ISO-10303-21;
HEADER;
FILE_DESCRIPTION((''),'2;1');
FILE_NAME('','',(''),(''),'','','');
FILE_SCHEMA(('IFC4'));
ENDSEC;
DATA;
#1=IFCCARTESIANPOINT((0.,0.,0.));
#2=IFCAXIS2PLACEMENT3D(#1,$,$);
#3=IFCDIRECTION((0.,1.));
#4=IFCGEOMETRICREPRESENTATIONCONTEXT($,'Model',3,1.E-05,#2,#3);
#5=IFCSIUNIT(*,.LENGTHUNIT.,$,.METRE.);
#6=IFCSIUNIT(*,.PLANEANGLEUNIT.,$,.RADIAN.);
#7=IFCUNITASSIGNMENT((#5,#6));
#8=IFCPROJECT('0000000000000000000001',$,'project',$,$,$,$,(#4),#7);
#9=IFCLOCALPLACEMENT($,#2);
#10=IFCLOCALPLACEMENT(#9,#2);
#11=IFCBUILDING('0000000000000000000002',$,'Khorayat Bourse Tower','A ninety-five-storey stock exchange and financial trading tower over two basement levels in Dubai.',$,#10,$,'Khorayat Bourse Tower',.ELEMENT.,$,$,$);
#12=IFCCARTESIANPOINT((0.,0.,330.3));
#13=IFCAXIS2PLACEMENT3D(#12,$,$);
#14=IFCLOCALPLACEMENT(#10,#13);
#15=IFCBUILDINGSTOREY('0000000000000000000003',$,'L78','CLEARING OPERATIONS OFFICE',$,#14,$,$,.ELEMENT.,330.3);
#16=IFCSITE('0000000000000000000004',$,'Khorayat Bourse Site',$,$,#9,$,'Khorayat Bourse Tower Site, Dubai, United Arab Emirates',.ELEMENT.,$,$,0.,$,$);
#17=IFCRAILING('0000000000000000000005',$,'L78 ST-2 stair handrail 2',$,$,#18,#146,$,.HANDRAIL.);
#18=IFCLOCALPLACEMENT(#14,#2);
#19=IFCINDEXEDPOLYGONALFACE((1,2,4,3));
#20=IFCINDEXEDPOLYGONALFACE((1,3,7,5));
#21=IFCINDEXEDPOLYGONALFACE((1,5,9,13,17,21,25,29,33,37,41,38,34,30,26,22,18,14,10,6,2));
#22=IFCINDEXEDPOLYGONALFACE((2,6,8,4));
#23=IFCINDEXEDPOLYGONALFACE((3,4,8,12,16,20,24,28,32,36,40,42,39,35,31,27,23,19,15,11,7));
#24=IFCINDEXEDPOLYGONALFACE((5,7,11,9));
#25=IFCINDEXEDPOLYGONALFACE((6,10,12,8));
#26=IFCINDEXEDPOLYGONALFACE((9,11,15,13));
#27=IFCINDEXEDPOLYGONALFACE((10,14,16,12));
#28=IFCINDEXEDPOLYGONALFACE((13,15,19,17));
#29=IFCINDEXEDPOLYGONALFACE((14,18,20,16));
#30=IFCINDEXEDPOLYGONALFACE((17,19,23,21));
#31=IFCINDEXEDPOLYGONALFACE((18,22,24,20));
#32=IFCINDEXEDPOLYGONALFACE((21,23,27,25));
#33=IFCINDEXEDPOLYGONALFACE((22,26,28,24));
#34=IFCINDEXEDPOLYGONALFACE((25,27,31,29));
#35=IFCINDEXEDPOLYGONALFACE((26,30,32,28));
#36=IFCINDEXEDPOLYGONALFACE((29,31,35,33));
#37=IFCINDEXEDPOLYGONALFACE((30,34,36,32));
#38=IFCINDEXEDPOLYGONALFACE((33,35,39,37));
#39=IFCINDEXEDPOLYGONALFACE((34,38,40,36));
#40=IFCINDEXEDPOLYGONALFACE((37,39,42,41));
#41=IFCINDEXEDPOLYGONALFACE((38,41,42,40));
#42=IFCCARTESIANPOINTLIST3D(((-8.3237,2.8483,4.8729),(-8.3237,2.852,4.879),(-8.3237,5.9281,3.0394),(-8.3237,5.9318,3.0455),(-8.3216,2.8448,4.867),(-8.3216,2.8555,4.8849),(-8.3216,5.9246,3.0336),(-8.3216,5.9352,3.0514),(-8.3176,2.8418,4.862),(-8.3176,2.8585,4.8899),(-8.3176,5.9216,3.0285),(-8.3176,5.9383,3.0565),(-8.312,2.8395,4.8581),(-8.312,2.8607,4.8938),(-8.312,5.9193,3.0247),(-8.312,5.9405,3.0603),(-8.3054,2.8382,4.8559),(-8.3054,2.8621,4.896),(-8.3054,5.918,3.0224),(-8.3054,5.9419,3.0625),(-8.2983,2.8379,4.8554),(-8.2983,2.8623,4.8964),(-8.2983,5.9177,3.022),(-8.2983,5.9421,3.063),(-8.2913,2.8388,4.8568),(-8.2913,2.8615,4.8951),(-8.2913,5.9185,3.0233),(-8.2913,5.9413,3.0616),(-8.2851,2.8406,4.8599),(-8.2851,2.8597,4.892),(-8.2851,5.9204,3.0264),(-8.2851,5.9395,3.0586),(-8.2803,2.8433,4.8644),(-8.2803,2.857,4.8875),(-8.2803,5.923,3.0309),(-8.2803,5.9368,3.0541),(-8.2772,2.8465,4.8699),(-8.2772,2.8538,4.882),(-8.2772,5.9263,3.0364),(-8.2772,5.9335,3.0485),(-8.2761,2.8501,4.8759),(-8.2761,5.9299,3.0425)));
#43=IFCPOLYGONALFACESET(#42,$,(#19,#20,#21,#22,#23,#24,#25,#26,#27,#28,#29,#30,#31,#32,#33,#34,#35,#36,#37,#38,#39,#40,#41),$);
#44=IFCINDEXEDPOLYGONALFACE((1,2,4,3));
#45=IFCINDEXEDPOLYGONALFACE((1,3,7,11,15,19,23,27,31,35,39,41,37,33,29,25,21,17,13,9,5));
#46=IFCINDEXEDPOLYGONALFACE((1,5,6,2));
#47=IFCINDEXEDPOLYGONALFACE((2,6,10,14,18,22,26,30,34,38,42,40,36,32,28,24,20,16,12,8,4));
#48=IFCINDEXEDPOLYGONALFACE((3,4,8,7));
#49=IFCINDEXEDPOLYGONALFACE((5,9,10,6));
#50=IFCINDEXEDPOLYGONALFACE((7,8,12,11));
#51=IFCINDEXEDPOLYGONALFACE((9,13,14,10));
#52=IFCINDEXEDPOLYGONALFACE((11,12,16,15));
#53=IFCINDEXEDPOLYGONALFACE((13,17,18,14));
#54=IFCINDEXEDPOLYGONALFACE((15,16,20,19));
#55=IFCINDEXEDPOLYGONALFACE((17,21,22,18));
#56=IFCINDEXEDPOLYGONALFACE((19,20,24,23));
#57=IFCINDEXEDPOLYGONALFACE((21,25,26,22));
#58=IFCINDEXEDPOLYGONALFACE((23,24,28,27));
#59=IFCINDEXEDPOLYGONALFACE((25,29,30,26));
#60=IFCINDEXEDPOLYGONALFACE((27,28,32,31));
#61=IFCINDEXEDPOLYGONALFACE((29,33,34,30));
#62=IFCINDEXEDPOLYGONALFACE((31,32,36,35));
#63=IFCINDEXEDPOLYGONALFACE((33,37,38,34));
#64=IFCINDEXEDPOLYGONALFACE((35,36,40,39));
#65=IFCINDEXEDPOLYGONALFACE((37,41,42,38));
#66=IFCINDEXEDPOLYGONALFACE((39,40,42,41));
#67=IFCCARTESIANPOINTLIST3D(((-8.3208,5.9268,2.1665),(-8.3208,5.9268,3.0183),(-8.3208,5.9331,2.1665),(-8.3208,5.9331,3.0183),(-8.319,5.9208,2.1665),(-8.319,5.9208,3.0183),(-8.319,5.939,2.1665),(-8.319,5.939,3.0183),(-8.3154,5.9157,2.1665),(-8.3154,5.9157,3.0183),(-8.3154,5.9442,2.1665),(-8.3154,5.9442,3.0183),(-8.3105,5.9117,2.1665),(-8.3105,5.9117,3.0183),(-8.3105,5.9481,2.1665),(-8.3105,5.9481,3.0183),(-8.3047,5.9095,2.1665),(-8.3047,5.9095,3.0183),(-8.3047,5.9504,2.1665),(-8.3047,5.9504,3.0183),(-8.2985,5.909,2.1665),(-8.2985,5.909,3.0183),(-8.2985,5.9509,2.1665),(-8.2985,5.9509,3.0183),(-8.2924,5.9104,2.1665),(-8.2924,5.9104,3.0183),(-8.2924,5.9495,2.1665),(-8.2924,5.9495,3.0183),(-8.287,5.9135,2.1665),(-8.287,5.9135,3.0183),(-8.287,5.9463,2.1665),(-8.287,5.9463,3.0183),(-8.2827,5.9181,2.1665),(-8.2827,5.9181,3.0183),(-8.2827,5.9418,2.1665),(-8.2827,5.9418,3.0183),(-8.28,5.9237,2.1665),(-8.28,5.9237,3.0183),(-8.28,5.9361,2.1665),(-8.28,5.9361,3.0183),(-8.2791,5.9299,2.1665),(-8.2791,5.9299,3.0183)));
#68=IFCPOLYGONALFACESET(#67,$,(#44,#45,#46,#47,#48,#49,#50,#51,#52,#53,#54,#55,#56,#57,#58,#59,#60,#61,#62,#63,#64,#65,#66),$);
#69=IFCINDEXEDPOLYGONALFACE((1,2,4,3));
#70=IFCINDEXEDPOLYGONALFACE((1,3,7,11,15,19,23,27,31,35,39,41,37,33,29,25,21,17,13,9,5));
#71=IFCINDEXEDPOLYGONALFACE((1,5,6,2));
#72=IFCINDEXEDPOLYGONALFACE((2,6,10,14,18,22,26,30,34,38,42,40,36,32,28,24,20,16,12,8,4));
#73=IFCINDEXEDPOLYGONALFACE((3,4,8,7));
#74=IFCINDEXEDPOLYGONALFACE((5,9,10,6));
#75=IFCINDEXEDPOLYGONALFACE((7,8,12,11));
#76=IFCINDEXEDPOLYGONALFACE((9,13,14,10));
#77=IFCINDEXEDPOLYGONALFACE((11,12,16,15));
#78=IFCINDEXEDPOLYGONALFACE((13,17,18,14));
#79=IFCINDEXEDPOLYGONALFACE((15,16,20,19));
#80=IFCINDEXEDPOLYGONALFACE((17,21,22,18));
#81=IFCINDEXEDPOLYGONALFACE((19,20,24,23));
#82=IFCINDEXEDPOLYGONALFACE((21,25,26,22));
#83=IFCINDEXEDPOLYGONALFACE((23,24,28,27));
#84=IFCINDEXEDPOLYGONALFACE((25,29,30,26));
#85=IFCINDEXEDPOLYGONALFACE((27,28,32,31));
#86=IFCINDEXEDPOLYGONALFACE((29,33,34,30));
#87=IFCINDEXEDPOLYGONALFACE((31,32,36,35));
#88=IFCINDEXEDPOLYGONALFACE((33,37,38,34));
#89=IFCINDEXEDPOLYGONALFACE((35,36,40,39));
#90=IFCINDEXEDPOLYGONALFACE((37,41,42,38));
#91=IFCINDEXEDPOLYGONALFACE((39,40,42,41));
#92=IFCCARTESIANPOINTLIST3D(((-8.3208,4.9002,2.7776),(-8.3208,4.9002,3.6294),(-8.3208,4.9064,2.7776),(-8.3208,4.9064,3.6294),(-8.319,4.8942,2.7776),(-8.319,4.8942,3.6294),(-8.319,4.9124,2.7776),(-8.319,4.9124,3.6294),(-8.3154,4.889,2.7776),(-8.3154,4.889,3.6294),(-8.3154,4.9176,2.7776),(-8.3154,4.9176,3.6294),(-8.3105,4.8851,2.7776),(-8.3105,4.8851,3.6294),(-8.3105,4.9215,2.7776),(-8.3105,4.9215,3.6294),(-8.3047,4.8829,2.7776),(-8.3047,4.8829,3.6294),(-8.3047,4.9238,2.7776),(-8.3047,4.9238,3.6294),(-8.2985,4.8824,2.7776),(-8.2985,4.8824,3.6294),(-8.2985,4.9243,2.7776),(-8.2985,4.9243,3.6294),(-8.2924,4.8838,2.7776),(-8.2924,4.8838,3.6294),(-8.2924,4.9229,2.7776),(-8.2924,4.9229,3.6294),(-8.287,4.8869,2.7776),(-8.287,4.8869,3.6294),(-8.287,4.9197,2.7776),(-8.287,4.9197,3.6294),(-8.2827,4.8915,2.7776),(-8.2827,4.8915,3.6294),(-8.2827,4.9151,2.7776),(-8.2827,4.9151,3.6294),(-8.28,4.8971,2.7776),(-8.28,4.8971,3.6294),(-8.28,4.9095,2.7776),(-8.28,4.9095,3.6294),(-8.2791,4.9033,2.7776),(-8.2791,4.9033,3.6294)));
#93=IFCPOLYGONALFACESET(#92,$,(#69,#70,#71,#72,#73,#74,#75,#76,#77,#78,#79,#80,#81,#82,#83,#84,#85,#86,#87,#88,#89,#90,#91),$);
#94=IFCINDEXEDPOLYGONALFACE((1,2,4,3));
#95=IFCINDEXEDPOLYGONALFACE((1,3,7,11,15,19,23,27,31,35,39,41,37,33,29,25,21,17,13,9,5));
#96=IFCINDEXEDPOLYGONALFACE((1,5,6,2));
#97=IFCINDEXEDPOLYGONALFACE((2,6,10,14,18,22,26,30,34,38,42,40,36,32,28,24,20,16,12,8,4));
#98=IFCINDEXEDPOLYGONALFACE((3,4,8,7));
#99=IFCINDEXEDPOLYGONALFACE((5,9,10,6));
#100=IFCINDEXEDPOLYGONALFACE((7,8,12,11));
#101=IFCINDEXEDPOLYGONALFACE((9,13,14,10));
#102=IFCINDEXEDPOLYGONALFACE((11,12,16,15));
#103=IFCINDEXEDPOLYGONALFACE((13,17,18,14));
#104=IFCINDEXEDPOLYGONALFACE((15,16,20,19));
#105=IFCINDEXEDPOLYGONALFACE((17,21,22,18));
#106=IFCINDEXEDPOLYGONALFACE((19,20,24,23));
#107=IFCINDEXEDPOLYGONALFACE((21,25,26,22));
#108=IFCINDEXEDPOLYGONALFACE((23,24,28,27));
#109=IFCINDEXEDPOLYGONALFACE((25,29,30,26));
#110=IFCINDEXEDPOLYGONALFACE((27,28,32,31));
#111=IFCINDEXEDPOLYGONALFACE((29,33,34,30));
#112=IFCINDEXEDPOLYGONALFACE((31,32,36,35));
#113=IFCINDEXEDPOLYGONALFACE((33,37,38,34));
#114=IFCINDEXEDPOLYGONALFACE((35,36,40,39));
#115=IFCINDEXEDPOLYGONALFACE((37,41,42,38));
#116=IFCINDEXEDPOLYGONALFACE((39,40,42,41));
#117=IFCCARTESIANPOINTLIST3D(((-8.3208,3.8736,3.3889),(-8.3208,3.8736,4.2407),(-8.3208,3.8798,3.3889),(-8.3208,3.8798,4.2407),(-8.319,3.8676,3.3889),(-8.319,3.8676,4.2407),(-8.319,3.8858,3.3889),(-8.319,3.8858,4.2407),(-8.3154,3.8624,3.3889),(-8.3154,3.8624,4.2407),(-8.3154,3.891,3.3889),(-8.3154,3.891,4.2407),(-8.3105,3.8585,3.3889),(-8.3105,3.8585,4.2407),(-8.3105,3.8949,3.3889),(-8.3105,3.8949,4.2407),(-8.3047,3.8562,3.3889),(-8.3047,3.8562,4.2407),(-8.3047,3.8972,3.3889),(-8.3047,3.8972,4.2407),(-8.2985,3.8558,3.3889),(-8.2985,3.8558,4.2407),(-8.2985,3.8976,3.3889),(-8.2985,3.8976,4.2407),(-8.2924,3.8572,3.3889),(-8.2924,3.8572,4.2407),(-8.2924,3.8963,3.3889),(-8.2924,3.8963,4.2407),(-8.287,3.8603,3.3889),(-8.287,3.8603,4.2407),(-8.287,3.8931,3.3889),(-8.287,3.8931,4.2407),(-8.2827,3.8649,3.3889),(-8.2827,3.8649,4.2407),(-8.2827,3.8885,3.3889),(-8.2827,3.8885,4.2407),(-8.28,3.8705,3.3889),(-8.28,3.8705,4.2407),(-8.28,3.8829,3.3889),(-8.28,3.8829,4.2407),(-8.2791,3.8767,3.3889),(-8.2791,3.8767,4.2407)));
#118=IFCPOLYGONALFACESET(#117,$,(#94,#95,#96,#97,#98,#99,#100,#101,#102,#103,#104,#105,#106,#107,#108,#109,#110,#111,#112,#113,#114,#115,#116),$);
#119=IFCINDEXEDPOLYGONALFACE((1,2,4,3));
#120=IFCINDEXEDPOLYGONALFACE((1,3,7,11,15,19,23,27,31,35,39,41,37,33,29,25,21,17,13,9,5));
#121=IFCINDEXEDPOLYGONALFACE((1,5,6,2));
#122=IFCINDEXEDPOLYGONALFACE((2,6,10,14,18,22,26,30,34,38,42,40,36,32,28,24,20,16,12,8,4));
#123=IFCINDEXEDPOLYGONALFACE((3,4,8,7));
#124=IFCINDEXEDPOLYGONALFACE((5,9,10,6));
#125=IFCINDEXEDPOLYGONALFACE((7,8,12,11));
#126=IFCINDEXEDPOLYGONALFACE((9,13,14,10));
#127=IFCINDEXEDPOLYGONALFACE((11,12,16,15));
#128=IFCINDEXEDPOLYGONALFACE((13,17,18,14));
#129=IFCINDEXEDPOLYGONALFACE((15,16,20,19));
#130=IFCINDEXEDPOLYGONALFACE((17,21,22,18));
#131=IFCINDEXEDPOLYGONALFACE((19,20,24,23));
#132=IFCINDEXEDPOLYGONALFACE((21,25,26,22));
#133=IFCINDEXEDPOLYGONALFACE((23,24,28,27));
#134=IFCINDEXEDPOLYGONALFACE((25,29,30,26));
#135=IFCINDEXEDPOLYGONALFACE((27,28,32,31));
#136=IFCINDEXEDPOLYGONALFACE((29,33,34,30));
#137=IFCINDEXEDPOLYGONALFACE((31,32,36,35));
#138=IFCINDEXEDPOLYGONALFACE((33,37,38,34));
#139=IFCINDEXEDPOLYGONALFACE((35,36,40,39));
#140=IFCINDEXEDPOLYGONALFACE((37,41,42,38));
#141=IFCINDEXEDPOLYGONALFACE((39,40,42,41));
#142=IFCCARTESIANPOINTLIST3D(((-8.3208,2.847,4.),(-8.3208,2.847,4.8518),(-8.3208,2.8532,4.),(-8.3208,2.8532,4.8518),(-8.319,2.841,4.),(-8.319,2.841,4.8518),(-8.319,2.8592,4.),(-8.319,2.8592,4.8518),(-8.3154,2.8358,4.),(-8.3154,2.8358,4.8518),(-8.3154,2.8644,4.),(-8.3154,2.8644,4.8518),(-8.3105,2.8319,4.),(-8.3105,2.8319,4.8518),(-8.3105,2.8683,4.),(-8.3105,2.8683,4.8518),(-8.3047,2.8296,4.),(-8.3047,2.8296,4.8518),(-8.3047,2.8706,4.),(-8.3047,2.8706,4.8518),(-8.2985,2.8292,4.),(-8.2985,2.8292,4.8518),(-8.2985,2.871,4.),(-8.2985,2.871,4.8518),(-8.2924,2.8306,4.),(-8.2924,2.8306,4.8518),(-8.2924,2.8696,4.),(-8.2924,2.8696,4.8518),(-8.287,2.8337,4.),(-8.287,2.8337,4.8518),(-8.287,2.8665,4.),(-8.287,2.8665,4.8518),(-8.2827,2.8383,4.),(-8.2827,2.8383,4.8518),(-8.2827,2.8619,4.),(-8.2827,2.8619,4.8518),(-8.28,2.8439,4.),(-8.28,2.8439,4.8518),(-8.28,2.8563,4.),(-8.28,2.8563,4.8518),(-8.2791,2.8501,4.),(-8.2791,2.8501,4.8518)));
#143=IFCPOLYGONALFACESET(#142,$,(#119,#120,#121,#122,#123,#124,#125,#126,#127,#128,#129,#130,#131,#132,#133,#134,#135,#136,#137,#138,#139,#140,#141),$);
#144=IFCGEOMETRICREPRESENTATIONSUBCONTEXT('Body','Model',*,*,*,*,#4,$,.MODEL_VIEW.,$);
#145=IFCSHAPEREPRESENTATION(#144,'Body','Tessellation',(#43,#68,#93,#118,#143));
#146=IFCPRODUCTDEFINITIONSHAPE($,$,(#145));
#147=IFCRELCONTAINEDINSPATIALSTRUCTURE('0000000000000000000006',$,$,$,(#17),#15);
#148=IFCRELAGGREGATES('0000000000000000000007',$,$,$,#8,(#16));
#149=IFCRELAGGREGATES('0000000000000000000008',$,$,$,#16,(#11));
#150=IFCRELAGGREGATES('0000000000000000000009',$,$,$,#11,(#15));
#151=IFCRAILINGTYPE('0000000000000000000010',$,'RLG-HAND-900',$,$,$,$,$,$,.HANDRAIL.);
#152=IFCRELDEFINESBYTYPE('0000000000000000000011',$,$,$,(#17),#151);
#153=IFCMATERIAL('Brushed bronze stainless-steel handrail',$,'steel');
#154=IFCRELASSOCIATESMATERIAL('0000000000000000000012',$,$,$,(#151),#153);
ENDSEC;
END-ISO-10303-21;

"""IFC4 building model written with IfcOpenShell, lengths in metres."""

from ifc_helpers import new_model, si_unit, direction, frame, origin, origin_2d, place, context, subcontext, project, spatial, circle, extrude, source, transform, mapped, material, type_object, element, save


model = new_model("IFC4")

# Units and contexts
model_context = context("Model", 3, precision=1e-05, world=origin(), true_north=direction((0.0, 1.0)))
body_context = subcontext(model_context, "Body", "Model", "MODEL_VIEW")
ifc_project = project(units=[si_unit("LENGTHUNIT", "METRE"), si_unit("PLANEANGLEUNIT", "RADIAN")], contexts=[model_context])

# Site, building, storey
site_placement = place(None, origin())
site = spatial("IfcSite", under=ifc_project, at=site_placement, Name="Khorayat Bourse Site", LongName="Khorayat Bourse Tower Site, Dubai, United Arab Emirates", CompositionType="ELEMENT", RefElevation=0.0)
building_placement = place(site_placement, origin())
building = spatial("IfcBuilding", under=site, at=building_placement, Name="Khorayat Bourse Tower", Description="A ninety-five-storey stock exchange and financial trading tower over two basement levels in Dubai.", LongName="Khorayat Bourse Tower", CompositionType="ELEMENT")
storey_placement = place(building_placement, frame((0.0, 0.0, 330.3)))
storey = spatial("IfcBuildingStorey", under=building, at=storey_placement, Name="L78", Description="CLEARING OPERATIONS OFFICE", CompositionType="ELEMENT", Elevation=330.3)

# Railing
ifc_material_1 = material(Name="Brushed bronze stainless-steel handrail", Category="steel")
railing_type_1 = type_object("IfcRailingType", Name="RLG-HAND-900", PredefinedType="HANDRAIL", material=ifc_material_1)
shared_shape_1 = source(origin(), body_context, "Body", "SweptSolid", [
    extrude(circle(Radius=0.0239, at=origin_2d()), frame((0.0, 0.0, 0.876), z_axis=(0.0, -0.859261, 0.511538), x_axis=(1.0, 0.0, 0.0)), (0.0, 0.0, 1.0), 3.5842),
    extrude(circle(Radius=0.021, at=origin_2d()), origin(), (0.0, 0.0, 1.0), 0.8518),
    extrude(circle(Radius=0.021, at=origin_2d()), frame((0.0, -1.0266, 0.6111)), (0.0, 0.0, 1.0), 0.8518),
    extrude(circle(Radius=0.021, at=origin_2d()), frame((0.0, -2.0532, 1.2224)), (0.0, 0.0, 1.0), 0.8518),
    extrude(circle(Radius=0.021, at=origin_2d()), frame((0.0, -3.0798, 1.8335)), (0.0, 0.0, 1.0), 0.8518),
])
railing_1_placement = place(storey_placement, frame((-8.3, 5.9299, 2.1665)))
element("IfcRailing", 1, at=railing_1_placement, inside=storey, type_object=railing_type_1, Name="L78 ST-2 stair handrail 2", PredefinedType="HANDRAIL", context=body_context, shape_type="MappedRepresentation", body=[
    mapped(shared_shape_1, transform((0.0, 0.0, 0.0), scale=1.0)),
])

save(model, "model.ifc")
